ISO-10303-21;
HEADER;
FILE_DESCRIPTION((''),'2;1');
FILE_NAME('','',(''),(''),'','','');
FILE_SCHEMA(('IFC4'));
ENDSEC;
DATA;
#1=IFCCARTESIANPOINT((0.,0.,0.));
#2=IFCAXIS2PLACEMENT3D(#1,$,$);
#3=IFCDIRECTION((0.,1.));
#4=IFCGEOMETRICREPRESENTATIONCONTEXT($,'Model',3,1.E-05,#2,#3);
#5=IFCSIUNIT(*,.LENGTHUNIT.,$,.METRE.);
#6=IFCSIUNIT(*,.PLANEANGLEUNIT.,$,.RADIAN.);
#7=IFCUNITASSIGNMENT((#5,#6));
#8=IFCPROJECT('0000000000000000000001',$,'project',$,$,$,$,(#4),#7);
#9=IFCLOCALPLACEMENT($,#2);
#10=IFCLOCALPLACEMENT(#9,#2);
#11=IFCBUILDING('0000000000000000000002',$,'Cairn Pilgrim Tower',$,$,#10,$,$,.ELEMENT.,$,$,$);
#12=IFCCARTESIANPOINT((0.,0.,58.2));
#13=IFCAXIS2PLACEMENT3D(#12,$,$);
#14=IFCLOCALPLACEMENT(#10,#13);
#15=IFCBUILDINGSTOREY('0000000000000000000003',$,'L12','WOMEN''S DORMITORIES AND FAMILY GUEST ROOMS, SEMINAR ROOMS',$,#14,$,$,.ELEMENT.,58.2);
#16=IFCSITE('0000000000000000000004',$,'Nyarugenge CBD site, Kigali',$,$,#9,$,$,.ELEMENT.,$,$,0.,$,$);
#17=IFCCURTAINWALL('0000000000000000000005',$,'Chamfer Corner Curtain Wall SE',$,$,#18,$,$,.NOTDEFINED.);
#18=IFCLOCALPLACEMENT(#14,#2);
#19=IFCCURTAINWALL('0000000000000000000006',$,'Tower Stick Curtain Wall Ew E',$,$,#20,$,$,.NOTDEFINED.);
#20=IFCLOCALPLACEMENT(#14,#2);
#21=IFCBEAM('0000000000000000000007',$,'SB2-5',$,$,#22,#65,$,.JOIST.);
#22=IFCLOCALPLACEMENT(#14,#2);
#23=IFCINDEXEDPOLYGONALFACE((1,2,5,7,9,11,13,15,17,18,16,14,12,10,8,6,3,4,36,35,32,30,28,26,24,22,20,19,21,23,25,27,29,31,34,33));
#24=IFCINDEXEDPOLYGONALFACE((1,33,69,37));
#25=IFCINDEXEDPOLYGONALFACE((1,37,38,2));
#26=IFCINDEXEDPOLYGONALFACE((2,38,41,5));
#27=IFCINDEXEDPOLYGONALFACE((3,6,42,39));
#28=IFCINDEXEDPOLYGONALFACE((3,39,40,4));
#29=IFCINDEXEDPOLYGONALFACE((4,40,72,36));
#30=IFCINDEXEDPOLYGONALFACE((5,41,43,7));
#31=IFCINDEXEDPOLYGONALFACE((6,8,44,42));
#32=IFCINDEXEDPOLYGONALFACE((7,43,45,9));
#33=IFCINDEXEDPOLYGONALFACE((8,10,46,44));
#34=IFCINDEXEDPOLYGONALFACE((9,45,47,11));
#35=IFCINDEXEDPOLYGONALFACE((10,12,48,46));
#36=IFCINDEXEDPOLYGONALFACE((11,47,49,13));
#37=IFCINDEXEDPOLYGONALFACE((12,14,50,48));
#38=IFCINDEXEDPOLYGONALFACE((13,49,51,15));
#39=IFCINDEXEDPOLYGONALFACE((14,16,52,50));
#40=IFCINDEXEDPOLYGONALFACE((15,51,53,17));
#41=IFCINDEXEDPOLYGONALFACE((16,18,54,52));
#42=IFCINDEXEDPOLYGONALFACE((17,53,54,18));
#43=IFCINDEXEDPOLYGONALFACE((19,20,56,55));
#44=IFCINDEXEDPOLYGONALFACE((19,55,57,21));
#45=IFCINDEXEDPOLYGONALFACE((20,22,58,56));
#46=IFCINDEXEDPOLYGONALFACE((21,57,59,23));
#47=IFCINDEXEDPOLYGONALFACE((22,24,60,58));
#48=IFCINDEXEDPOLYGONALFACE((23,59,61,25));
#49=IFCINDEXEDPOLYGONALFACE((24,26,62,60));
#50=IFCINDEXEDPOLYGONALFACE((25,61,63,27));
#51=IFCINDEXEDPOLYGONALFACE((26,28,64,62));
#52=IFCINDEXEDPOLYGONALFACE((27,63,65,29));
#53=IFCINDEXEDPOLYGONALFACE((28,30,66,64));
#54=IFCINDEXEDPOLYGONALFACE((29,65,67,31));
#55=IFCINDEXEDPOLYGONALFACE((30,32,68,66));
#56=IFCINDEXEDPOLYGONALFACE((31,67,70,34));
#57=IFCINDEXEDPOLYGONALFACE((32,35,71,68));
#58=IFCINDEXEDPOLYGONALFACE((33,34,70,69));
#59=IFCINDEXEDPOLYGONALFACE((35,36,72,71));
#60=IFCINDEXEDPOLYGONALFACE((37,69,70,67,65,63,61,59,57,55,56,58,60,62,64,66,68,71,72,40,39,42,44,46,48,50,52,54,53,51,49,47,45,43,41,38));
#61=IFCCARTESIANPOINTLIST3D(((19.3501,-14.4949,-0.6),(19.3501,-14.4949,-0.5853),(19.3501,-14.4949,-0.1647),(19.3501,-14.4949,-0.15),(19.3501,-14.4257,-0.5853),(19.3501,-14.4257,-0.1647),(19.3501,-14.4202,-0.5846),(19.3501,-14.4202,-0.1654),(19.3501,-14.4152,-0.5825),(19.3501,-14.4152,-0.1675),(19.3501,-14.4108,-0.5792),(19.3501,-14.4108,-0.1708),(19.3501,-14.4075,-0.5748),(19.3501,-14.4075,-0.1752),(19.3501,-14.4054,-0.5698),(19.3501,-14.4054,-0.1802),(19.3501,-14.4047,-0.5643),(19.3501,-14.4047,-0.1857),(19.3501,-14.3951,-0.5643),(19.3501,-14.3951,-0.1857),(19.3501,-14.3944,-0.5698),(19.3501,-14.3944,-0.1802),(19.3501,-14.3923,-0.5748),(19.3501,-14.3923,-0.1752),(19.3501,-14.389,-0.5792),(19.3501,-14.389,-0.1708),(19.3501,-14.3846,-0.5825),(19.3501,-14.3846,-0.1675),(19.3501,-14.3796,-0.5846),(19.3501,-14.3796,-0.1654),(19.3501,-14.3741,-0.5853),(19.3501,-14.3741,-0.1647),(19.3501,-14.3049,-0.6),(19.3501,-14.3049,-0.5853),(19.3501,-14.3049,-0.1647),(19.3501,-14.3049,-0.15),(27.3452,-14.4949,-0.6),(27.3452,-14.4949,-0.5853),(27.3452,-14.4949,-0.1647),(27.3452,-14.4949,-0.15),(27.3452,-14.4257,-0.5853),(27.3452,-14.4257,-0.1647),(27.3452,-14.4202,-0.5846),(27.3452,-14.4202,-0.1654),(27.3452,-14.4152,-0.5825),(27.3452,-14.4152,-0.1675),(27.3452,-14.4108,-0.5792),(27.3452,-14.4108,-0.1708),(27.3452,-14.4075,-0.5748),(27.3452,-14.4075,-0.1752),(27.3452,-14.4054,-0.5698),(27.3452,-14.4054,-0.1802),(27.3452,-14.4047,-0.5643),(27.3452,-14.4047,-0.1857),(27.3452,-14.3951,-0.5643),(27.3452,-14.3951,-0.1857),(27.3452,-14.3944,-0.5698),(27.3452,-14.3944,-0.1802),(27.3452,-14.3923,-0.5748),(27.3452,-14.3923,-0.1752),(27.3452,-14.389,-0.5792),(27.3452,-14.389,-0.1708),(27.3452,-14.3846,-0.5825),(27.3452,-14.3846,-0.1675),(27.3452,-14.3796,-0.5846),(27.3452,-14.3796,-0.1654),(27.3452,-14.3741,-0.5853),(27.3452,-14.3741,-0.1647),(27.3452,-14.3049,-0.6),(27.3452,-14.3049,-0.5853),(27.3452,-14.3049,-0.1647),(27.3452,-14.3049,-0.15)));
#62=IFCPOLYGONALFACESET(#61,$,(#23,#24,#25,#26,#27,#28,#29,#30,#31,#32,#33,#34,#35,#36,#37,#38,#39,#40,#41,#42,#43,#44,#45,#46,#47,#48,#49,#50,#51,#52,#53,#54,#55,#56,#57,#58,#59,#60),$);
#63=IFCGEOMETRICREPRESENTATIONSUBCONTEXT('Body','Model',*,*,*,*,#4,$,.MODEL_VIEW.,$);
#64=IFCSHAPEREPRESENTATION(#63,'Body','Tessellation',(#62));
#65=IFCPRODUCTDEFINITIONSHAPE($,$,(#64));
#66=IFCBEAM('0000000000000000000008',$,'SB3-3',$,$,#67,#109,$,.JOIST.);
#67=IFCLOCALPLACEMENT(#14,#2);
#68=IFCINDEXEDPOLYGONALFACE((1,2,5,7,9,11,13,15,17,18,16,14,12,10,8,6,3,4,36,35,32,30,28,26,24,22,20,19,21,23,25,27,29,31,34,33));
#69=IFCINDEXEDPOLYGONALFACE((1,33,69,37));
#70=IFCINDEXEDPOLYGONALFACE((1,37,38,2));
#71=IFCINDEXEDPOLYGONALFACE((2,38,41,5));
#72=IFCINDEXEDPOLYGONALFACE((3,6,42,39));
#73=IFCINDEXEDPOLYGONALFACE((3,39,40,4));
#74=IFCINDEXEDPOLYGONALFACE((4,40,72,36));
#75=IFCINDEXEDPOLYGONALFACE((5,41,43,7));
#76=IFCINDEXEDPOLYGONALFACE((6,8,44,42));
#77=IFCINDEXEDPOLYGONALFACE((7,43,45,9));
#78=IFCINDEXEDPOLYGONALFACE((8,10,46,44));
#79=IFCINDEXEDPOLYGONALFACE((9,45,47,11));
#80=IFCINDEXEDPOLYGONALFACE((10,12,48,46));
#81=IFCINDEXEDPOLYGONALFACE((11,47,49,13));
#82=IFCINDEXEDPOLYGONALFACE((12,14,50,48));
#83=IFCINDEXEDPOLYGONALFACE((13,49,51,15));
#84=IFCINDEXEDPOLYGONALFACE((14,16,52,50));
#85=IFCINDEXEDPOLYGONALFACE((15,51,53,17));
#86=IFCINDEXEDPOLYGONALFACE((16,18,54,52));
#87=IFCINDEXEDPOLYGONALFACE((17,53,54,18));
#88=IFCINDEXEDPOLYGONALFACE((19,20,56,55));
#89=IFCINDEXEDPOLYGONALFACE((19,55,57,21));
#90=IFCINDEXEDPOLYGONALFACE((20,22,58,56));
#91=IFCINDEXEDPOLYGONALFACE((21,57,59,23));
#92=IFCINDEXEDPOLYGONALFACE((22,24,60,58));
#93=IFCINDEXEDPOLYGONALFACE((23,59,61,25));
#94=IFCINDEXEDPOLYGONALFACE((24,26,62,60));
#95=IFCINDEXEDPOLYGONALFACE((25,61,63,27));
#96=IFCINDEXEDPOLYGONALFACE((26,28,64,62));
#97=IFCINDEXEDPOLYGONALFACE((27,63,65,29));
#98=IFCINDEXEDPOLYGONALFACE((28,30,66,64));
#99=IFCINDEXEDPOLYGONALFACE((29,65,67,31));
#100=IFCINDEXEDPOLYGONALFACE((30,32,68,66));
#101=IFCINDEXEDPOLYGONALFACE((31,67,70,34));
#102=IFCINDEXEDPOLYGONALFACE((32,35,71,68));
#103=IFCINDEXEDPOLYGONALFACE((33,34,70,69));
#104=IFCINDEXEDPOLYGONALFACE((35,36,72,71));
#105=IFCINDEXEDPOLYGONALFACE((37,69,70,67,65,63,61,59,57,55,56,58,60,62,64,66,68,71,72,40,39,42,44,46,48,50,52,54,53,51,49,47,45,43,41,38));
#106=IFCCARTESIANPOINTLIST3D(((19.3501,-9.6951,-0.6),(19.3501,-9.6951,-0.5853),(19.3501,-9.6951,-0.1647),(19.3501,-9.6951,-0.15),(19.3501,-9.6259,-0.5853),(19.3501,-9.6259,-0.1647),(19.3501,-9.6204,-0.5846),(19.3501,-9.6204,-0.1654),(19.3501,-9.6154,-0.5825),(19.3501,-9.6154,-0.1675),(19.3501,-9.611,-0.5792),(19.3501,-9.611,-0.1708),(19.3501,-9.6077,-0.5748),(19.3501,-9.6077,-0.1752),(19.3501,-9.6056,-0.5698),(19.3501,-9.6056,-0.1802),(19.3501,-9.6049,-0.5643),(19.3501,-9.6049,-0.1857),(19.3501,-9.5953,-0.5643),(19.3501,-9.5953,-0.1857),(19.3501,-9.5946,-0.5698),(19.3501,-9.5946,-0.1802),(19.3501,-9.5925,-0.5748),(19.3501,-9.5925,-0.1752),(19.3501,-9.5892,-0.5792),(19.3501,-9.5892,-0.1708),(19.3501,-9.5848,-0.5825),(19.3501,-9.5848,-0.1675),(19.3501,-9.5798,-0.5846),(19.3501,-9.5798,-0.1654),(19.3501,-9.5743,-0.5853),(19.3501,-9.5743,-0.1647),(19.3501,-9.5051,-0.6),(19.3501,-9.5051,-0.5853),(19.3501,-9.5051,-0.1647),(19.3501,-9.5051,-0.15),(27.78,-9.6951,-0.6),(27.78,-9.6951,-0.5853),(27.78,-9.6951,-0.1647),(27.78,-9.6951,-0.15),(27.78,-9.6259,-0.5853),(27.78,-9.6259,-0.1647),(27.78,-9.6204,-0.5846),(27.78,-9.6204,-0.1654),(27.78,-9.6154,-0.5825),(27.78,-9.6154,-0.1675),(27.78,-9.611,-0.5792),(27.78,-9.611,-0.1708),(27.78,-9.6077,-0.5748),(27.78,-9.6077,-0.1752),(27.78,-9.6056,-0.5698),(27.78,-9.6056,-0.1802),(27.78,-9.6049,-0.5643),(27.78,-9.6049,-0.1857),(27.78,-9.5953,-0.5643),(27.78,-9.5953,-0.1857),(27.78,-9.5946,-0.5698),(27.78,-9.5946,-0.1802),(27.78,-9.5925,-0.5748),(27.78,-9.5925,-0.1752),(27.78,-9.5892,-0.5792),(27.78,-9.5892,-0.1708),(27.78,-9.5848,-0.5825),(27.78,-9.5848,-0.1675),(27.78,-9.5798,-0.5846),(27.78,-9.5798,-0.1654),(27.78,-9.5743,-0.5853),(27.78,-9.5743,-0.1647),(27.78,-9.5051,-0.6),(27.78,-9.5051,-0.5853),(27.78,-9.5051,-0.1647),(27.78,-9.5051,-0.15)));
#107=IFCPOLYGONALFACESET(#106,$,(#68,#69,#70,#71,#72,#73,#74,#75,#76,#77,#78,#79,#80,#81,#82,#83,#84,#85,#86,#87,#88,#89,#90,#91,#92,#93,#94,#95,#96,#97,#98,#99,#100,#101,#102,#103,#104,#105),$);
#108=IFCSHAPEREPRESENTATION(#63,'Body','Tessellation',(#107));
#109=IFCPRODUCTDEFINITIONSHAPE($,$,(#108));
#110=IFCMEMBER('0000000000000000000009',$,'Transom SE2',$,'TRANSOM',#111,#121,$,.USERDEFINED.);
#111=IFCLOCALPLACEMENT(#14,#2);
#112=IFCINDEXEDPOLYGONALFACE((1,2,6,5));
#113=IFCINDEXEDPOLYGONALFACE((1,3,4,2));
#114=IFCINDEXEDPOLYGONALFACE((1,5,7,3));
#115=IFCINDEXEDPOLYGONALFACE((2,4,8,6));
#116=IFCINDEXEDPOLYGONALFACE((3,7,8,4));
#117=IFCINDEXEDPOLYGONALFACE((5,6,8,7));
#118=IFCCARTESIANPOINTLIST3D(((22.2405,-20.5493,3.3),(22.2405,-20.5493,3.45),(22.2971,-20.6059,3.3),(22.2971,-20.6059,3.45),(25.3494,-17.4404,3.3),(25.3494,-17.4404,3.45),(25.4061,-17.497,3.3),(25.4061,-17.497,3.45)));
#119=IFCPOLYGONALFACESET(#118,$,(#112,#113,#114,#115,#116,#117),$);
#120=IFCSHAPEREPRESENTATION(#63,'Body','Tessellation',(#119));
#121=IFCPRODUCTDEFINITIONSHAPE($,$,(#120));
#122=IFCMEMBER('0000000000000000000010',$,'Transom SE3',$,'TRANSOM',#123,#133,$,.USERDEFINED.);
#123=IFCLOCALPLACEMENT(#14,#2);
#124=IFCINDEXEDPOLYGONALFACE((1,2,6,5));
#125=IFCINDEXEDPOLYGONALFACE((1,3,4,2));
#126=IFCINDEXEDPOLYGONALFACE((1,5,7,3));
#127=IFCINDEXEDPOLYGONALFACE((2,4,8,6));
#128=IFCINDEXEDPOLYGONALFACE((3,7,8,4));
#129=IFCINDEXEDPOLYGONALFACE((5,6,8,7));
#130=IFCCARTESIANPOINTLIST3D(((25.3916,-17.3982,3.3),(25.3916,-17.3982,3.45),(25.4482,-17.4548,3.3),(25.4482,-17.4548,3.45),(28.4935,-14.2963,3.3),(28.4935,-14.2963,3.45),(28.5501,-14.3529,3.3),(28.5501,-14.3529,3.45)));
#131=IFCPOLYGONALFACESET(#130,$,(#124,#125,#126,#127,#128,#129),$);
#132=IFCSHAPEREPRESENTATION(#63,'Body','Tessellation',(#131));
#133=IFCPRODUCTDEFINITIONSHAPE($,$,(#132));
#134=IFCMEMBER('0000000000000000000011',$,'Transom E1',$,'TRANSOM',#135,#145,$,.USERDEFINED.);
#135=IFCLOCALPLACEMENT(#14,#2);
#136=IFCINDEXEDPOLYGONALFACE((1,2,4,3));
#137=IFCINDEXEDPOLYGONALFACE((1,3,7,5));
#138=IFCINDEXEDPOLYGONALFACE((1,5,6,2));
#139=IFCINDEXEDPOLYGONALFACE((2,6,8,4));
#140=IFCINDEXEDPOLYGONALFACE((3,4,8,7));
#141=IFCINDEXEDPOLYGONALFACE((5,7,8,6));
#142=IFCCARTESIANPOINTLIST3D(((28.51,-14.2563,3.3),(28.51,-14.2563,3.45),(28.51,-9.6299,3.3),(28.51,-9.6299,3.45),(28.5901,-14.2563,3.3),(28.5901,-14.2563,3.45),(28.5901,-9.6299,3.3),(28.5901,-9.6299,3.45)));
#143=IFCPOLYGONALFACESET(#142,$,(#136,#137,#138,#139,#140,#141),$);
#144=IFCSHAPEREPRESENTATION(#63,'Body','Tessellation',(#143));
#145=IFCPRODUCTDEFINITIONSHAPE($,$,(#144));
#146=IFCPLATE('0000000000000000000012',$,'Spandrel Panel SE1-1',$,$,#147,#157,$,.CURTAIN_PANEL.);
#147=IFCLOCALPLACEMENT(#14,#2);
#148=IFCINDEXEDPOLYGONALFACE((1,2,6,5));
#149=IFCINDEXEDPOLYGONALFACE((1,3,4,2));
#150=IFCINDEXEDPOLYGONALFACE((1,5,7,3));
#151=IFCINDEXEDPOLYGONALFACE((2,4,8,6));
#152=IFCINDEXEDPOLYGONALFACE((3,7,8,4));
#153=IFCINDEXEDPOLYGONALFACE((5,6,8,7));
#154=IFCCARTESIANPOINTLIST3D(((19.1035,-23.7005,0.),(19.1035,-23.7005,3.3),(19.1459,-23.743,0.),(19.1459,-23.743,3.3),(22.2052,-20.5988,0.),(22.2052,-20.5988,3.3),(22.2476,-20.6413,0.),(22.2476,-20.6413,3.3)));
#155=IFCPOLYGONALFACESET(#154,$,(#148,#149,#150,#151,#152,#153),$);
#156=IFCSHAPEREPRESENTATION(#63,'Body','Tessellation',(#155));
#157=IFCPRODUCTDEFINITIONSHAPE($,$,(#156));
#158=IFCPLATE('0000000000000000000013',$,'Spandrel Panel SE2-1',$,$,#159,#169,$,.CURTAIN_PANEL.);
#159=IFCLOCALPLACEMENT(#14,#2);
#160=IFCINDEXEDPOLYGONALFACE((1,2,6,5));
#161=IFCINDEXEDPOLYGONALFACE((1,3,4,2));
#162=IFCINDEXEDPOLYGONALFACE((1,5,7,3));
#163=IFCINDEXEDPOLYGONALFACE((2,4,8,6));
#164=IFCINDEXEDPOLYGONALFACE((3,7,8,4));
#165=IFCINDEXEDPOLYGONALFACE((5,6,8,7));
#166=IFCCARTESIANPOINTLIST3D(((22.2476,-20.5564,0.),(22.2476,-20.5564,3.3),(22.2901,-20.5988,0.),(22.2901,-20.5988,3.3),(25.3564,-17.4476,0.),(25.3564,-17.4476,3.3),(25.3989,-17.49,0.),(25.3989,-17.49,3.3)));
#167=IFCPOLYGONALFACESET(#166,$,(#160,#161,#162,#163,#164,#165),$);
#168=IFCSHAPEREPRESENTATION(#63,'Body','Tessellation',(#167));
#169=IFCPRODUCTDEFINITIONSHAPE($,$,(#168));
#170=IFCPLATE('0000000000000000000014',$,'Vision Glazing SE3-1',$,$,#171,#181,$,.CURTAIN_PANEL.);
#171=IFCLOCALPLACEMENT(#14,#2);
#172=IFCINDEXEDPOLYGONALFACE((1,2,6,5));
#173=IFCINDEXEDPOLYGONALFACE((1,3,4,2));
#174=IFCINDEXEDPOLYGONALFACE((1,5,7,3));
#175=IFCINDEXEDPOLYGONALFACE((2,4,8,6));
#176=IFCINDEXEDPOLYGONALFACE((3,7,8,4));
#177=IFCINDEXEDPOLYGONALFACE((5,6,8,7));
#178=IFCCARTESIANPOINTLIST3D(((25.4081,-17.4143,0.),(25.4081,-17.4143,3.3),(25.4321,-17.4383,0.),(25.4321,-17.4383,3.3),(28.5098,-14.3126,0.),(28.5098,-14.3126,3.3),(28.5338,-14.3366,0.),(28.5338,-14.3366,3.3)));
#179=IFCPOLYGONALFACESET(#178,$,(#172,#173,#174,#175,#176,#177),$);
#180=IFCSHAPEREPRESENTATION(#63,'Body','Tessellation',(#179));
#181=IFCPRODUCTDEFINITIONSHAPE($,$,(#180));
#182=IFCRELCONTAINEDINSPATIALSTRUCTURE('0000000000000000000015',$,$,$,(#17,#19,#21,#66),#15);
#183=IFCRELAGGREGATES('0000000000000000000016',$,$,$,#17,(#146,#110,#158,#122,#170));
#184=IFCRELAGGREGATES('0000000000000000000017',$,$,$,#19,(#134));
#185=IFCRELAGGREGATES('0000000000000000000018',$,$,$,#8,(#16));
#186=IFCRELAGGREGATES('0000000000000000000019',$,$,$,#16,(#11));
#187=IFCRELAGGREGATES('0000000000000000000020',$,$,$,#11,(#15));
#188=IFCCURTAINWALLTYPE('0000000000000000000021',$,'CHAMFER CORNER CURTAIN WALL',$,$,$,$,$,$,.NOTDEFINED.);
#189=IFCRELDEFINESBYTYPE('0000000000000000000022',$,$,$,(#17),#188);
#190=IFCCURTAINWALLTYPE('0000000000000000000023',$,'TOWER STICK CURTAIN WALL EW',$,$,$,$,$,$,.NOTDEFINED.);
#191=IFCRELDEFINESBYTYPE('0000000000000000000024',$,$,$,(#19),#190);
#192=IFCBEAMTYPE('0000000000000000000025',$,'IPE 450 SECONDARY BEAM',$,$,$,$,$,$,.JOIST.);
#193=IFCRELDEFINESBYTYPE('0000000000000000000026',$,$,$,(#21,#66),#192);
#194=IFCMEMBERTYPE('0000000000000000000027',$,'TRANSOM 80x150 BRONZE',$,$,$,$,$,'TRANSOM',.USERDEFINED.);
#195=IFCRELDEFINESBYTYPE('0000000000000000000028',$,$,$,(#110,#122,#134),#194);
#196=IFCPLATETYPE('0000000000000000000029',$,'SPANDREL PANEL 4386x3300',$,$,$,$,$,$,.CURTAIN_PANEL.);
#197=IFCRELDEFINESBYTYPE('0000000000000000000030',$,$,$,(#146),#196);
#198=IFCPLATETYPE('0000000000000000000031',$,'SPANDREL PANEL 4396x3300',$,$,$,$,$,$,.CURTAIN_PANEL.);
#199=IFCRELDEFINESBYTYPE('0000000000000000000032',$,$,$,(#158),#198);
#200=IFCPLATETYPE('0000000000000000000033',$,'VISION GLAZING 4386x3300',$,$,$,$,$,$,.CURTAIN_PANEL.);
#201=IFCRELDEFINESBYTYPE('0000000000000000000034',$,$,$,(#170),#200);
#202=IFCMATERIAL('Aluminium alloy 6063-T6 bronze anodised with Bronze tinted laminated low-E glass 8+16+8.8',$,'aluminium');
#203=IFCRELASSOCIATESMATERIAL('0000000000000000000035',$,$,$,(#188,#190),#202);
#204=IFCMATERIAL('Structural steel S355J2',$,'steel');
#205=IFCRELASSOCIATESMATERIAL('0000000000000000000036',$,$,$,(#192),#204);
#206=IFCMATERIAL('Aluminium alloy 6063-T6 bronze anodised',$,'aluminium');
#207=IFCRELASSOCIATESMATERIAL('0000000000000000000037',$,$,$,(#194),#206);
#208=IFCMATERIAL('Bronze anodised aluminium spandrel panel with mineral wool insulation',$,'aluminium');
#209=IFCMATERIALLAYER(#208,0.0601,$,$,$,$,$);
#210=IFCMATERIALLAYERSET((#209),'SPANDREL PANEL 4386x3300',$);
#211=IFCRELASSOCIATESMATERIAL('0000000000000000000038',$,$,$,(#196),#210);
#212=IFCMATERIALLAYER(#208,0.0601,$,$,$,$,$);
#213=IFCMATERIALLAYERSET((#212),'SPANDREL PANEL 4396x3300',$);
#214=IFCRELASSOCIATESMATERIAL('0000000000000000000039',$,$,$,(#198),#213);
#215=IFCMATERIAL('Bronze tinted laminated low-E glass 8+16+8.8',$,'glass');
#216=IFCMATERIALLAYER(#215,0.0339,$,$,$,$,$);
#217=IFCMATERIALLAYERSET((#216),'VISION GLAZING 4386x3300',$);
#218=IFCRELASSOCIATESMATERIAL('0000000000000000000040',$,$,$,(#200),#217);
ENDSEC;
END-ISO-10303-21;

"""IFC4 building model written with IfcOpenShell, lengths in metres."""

from ifc_helpers import new_model, si_unit, direction, frame, origin, origin_2d, place, context, subcontext, project, spatial, rectangle, i_section, extrude, material, layer, layer_set, material_profile, profile_set, type_object, element, aggregate, save


model = new_model("IFC4")

# Units and contexts
model_context = context("Model", 3, precision=1e-05, world=origin(), true_north=direction((0.0, 1.0)))
body_context = subcontext(model_context, "Body", "Model", "MODEL_VIEW")
ifc_project = project(units=[si_unit("LENGTHUNIT", "METRE"), si_unit("PLANEANGLEUNIT", "RADIAN")], contexts=[model_context])

# Site, building, storey
site_placement = place(None, origin())
site = spatial("IfcSite", under=ifc_project, at=site_placement, Name="Nyarugenge CBD site, Kigali", CompositionType="ELEMENT", RefElevation=0.0)
building_placement = place(site_placement, origin())
building = spatial("IfcBuilding", under=site, at=building_placement, Name="Cairn Pilgrim Tower", CompositionType="ELEMENT")
storey_placement = place(building_placement, frame((0.0, 0.0, 58.2)))
storey = spatial("IfcBuildingStorey", under=building, at=storey_placement, Name="L12", Description="WOMEN'S DORMITORIES AND FAMILY GUEST ROOMS, SEMINAR ROOMS", CompositionType="ELEMENT", Elevation=58.2)

# Shared definitions
ifc_material_1 = material(Name="Structural steel S355J2", Category="steel")

# Curtain walls
ifc_material_2 = material(Name="Aluminium alloy 6063-T6 bronze anodised with Bronze tinted laminated low-E glass 8+16+8.8", Category="aluminium")
curtain_wall_type_1 = type_object("IfcCurtainWallType", Name="CHAMFER CORNER CURTAIN WALL", PredefinedType="NOTDEFINED", material=ifc_material_2)
curtain_wall_1_placement = place(storey_placement, origin())
curtain_wall_1 = element("IfcCurtainWall", 1, at=curtain_wall_1_placement, inside=storey, type_object=curtain_wall_type_1, Name="Chamfer Corner Curtain Wall SE", PredefinedType="NOTDEFINED")
ifc_material_3 = material(Name="Aluminium alloy 6063-T6 bronze anodised", Category="aluminium")
curtain_wall_type_2 = type_object("IfcCurtainWallType", Name="TOWER STICK CURTAIN WALL EW", PredefinedType="NOTDEFINED", material=ifc_material_2)
curtain_wall_2_placement = place(storey_placement, origin())
curtain_wall_2 = element("IfcCurtainWall", 2, at=curtain_wall_2_placement, inside=storey, type_object=curtain_wall_type_2, Name="Tower Stick Curtain Wall Ew E", PredefinedType="NOTDEFINED")

# Beams
ifc_material_profile_1 = material_profile(ifc_material_1, i_section(OverallWidth=0.1899, OverallDepth=0.45, WebThickness=0.0095, FlangeThickness=0.0146, FilletRadius=0.021, at=origin_2d()), Name="IPE 450")
ifc_profile_set_1 = profile_set([ifc_material_profile_1], Name="Structural steel S355J2")
beam_type_1 = type_object("IfcBeamType", Name="IPE 450 SECONDARY BEAM", PredefinedType="JOIST", material=ifc_profile_set_1)
beam_1_placement = place(storey_placement, frame((19.3501, -14.3999, -0.375), z_axis=(1.0, 0.0, 0.0), x_axis=(0.0, 1.0, 0.0)))
element("IfcBeam", 3, at=beam_1_placement, inside=storey, type_object=beam_type_1, Name="SB2-5", PredefinedType="JOIST", context=body_context, shape_type="SweptSolid", body=[
    extrude(i_section(OverallWidth=0.1899, OverallDepth=0.45, WebThickness=0.0095, FlangeThickness=0.0146, FilletRadius=0.021, at=origin_2d()), origin(), (0.0, 0.0, 1.0), 7.9951),
])
beam_2_placement = place(storey_placement, frame((19.3501, -9.6001, -0.375), z_axis=(1.0, 0.0, 0.0), x_axis=(0.0, 1.0, 0.0)))
element("IfcBeam", 4, at=beam_2_placement, inside=storey, type_object=beam_type_1, Name="SB3-3", PredefinedType="JOIST", context=body_context, shape_type="SweptSolid", body=[
    extrude(i_section(OverallWidth=0.1899, OverallDepth=0.45, WebThickness=0.0095, FlangeThickness=0.0146, FilletRadius=0.021, at=origin_2d()), origin(), (0.0, 0.0, 1.0), 8.4299),
])

# Members
ifc_material_profile_2 = material_profile(ifc_material_3, rectangle(XDim=0.0801, YDim=0.1499, at=origin_2d()), Name="TRANSOM 80x150 BRONZE")
ifc_profile_set_2 = profile_set([ifc_material_profile_2], Name="Aluminium alloy 6063-T6 bronze anodised")
member_type_1 = type_object("IfcMemberType", Name="TRANSOM 80x150 BRONZE", ElementType="TRANSOM", PredefinedType="USERDEFINED", material=ifc_profile_set_2)
member_1_placement = place(storey_placement, frame((22.2688, -20.5776, 3.375), z_axis=(0.707107, 0.707107, 0.0), x_axis=(-0.707107, 0.707107, 0.0)))
member_1 = element("IfcMember", 5, at=member_1_placement, type_object=member_type_1, Name="Transom SE2", ObjectType="TRANSOM", PredefinedType="USERDEFINED", context=body_context, shape_type="SweptSolid", body=[
    extrude(rectangle(XDim=0.0801, YDim=0.1499, at=origin_2d()), origin(), (0.0, 0.0, 1.0), 4.3967),
])
member_2_placement = place(storey_placement, frame((25.4199, -17.4265, 3.375), z_axis=(0.707107, 0.707107, 0.0), x_axis=(-0.707107, 0.707107, 0.0)))
member_2 = element("IfcMember", 6, at=member_2_placement, type_object=member_type_1, Name="Transom SE3", ObjectType="TRANSOM", PredefinedType="USERDEFINED", context=body_context, shape_type="SweptSolid", body=[
    extrude(rectangle(XDim=0.0801, YDim=0.1499, at=origin_2d()), origin(), (0.0, 0.0, 1.0), 4.3867),
])
member_3_placement = place(storey_placement, frame((28.55, -14.2563, 3.375), z_axis=(0.0, 1.0, 0.0), x_axis=(-1.0, 0.0, 0.0)))
member_3 = element("IfcMember", 7, at=member_3_placement, type_object=member_type_1, Name="Transom E1", ObjectType="TRANSOM", PredefinedType="USERDEFINED", context=body_context, shape_type="SweptSolid", body=[
    extrude(rectangle(XDim=0.0801, YDim=0.1499, at=origin_2d()), origin(), (0.0, 0.0, 1.0), 4.6265),
])

# Plates
ifc_material_4 = material(Name="Bronze anodised aluminium spandrel panel with mineral wool insulation", Category="aluminium")
ifc_layer_1 = layer(ifc_material_4, 0.0601)
ifc_layer_set_1 = layer_set([ifc_layer_1], Name="SPANDREL PANEL 4386x3300")
plate_type_1 = type_object("IfcPlateType", Name="SPANDREL PANEL 4386x3300", PredefinedType="CURTAIN_PANEL", material=ifc_layer_set_1)
plate_1_placement = place(storey_placement, frame((20.6755, -22.1709, 0.0), z_axis=(0.0, 0.0, 1.0), x_axis=(0.707107, 0.707107, 0.0)))
plate_1 = element("IfcPlate", 8, at=plate_1_placement, type_object=plate_type_1, Name="Spandrel Panel SE1-1", PredefinedType="CURTAIN_PANEL", context=body_context, shape_type="SweptSolid", body=[
    extrude(rectangle(XDim=4.3865, YDim=0.0601, at=origin_2d()), origin(), (0.0, 0.0, 1.0), 3.3),
])
ifc_layer_2 = layer(ifc_material_4, 0.0601)
ifc_layer_set_2 = layer_set([ifc_layer_2], Name="SPANDREL PANEL 4396x3300")
plate_type_2 = type_object("IfcPlateType", Name="SPANDREL PANEL 4396x3300", PredefinedType="CURTAIN_PANEL", material=ifc_layer_set_2)
plate_2_placement = place(storey_placement, frame((23.8232, -19.0232, 0.0), z_axis=(0.0, 0.0, 1.0), x_axis=(0.707107, 0.707107, 0.0)))
plate_2 = element("IfcPlate", 9, at=plate_2_placement, type_object=plate_type_2, Name="Spandrel Panel SE2-1", PredefinedType="CURTAIN_PANEL", context=body_context, shape_type="SweptSolid", body=[
    extrude(rectangle(XDim=4.3965, YDim=0.0601, at=origin_2d()), origin(), (0.0, 0.0, 1.0), 3.3),
])
ifc_material_5 = material(Name="Bronze tinted laminated low-E glass 8+16+8.8", Category="glass")
ifc_layer_3 = layer(ifc_material_5, 0.0339)
ifc_layer_set_3 = layer_set([ifc_layer_3], Name="VISION GLAZING 4386x3300")
plate_type_3 = type_object("IfcPlateType", Name="VISION GLAZING 4386x3300", PredefinedType="CURTAIN_PANEL", material=ifc_layer_set_3)
plate_3_placement = place(storey_placement, frame((26.9709, -15.8755, 0.0), z_axis=(0.0, 0.0, 1.0), x_axis=(0.707107, 0.707107, 0.0)))
plate_3 = element("IfcPlate", 10, at=plate_3_placement, type_object=plate_type_3, Name="Vision Glazing SE3-1", PredefinedType="CURTAIN_PANEL", context=body_context, shape_type="SweptSolid", body=[
    extrude(rectangle(XDim=4.3865, YDim=0.0339, at=origin_2d()), origin(), (0.0, 0.0, 1.0), 3.3),
])
aggregate(curtain_wall_1, [plate_1, member_1, plate_2, member_2, plate_3])
aggregate(curtain_wall_2, [member_3])

save(model, "model.ifc")
